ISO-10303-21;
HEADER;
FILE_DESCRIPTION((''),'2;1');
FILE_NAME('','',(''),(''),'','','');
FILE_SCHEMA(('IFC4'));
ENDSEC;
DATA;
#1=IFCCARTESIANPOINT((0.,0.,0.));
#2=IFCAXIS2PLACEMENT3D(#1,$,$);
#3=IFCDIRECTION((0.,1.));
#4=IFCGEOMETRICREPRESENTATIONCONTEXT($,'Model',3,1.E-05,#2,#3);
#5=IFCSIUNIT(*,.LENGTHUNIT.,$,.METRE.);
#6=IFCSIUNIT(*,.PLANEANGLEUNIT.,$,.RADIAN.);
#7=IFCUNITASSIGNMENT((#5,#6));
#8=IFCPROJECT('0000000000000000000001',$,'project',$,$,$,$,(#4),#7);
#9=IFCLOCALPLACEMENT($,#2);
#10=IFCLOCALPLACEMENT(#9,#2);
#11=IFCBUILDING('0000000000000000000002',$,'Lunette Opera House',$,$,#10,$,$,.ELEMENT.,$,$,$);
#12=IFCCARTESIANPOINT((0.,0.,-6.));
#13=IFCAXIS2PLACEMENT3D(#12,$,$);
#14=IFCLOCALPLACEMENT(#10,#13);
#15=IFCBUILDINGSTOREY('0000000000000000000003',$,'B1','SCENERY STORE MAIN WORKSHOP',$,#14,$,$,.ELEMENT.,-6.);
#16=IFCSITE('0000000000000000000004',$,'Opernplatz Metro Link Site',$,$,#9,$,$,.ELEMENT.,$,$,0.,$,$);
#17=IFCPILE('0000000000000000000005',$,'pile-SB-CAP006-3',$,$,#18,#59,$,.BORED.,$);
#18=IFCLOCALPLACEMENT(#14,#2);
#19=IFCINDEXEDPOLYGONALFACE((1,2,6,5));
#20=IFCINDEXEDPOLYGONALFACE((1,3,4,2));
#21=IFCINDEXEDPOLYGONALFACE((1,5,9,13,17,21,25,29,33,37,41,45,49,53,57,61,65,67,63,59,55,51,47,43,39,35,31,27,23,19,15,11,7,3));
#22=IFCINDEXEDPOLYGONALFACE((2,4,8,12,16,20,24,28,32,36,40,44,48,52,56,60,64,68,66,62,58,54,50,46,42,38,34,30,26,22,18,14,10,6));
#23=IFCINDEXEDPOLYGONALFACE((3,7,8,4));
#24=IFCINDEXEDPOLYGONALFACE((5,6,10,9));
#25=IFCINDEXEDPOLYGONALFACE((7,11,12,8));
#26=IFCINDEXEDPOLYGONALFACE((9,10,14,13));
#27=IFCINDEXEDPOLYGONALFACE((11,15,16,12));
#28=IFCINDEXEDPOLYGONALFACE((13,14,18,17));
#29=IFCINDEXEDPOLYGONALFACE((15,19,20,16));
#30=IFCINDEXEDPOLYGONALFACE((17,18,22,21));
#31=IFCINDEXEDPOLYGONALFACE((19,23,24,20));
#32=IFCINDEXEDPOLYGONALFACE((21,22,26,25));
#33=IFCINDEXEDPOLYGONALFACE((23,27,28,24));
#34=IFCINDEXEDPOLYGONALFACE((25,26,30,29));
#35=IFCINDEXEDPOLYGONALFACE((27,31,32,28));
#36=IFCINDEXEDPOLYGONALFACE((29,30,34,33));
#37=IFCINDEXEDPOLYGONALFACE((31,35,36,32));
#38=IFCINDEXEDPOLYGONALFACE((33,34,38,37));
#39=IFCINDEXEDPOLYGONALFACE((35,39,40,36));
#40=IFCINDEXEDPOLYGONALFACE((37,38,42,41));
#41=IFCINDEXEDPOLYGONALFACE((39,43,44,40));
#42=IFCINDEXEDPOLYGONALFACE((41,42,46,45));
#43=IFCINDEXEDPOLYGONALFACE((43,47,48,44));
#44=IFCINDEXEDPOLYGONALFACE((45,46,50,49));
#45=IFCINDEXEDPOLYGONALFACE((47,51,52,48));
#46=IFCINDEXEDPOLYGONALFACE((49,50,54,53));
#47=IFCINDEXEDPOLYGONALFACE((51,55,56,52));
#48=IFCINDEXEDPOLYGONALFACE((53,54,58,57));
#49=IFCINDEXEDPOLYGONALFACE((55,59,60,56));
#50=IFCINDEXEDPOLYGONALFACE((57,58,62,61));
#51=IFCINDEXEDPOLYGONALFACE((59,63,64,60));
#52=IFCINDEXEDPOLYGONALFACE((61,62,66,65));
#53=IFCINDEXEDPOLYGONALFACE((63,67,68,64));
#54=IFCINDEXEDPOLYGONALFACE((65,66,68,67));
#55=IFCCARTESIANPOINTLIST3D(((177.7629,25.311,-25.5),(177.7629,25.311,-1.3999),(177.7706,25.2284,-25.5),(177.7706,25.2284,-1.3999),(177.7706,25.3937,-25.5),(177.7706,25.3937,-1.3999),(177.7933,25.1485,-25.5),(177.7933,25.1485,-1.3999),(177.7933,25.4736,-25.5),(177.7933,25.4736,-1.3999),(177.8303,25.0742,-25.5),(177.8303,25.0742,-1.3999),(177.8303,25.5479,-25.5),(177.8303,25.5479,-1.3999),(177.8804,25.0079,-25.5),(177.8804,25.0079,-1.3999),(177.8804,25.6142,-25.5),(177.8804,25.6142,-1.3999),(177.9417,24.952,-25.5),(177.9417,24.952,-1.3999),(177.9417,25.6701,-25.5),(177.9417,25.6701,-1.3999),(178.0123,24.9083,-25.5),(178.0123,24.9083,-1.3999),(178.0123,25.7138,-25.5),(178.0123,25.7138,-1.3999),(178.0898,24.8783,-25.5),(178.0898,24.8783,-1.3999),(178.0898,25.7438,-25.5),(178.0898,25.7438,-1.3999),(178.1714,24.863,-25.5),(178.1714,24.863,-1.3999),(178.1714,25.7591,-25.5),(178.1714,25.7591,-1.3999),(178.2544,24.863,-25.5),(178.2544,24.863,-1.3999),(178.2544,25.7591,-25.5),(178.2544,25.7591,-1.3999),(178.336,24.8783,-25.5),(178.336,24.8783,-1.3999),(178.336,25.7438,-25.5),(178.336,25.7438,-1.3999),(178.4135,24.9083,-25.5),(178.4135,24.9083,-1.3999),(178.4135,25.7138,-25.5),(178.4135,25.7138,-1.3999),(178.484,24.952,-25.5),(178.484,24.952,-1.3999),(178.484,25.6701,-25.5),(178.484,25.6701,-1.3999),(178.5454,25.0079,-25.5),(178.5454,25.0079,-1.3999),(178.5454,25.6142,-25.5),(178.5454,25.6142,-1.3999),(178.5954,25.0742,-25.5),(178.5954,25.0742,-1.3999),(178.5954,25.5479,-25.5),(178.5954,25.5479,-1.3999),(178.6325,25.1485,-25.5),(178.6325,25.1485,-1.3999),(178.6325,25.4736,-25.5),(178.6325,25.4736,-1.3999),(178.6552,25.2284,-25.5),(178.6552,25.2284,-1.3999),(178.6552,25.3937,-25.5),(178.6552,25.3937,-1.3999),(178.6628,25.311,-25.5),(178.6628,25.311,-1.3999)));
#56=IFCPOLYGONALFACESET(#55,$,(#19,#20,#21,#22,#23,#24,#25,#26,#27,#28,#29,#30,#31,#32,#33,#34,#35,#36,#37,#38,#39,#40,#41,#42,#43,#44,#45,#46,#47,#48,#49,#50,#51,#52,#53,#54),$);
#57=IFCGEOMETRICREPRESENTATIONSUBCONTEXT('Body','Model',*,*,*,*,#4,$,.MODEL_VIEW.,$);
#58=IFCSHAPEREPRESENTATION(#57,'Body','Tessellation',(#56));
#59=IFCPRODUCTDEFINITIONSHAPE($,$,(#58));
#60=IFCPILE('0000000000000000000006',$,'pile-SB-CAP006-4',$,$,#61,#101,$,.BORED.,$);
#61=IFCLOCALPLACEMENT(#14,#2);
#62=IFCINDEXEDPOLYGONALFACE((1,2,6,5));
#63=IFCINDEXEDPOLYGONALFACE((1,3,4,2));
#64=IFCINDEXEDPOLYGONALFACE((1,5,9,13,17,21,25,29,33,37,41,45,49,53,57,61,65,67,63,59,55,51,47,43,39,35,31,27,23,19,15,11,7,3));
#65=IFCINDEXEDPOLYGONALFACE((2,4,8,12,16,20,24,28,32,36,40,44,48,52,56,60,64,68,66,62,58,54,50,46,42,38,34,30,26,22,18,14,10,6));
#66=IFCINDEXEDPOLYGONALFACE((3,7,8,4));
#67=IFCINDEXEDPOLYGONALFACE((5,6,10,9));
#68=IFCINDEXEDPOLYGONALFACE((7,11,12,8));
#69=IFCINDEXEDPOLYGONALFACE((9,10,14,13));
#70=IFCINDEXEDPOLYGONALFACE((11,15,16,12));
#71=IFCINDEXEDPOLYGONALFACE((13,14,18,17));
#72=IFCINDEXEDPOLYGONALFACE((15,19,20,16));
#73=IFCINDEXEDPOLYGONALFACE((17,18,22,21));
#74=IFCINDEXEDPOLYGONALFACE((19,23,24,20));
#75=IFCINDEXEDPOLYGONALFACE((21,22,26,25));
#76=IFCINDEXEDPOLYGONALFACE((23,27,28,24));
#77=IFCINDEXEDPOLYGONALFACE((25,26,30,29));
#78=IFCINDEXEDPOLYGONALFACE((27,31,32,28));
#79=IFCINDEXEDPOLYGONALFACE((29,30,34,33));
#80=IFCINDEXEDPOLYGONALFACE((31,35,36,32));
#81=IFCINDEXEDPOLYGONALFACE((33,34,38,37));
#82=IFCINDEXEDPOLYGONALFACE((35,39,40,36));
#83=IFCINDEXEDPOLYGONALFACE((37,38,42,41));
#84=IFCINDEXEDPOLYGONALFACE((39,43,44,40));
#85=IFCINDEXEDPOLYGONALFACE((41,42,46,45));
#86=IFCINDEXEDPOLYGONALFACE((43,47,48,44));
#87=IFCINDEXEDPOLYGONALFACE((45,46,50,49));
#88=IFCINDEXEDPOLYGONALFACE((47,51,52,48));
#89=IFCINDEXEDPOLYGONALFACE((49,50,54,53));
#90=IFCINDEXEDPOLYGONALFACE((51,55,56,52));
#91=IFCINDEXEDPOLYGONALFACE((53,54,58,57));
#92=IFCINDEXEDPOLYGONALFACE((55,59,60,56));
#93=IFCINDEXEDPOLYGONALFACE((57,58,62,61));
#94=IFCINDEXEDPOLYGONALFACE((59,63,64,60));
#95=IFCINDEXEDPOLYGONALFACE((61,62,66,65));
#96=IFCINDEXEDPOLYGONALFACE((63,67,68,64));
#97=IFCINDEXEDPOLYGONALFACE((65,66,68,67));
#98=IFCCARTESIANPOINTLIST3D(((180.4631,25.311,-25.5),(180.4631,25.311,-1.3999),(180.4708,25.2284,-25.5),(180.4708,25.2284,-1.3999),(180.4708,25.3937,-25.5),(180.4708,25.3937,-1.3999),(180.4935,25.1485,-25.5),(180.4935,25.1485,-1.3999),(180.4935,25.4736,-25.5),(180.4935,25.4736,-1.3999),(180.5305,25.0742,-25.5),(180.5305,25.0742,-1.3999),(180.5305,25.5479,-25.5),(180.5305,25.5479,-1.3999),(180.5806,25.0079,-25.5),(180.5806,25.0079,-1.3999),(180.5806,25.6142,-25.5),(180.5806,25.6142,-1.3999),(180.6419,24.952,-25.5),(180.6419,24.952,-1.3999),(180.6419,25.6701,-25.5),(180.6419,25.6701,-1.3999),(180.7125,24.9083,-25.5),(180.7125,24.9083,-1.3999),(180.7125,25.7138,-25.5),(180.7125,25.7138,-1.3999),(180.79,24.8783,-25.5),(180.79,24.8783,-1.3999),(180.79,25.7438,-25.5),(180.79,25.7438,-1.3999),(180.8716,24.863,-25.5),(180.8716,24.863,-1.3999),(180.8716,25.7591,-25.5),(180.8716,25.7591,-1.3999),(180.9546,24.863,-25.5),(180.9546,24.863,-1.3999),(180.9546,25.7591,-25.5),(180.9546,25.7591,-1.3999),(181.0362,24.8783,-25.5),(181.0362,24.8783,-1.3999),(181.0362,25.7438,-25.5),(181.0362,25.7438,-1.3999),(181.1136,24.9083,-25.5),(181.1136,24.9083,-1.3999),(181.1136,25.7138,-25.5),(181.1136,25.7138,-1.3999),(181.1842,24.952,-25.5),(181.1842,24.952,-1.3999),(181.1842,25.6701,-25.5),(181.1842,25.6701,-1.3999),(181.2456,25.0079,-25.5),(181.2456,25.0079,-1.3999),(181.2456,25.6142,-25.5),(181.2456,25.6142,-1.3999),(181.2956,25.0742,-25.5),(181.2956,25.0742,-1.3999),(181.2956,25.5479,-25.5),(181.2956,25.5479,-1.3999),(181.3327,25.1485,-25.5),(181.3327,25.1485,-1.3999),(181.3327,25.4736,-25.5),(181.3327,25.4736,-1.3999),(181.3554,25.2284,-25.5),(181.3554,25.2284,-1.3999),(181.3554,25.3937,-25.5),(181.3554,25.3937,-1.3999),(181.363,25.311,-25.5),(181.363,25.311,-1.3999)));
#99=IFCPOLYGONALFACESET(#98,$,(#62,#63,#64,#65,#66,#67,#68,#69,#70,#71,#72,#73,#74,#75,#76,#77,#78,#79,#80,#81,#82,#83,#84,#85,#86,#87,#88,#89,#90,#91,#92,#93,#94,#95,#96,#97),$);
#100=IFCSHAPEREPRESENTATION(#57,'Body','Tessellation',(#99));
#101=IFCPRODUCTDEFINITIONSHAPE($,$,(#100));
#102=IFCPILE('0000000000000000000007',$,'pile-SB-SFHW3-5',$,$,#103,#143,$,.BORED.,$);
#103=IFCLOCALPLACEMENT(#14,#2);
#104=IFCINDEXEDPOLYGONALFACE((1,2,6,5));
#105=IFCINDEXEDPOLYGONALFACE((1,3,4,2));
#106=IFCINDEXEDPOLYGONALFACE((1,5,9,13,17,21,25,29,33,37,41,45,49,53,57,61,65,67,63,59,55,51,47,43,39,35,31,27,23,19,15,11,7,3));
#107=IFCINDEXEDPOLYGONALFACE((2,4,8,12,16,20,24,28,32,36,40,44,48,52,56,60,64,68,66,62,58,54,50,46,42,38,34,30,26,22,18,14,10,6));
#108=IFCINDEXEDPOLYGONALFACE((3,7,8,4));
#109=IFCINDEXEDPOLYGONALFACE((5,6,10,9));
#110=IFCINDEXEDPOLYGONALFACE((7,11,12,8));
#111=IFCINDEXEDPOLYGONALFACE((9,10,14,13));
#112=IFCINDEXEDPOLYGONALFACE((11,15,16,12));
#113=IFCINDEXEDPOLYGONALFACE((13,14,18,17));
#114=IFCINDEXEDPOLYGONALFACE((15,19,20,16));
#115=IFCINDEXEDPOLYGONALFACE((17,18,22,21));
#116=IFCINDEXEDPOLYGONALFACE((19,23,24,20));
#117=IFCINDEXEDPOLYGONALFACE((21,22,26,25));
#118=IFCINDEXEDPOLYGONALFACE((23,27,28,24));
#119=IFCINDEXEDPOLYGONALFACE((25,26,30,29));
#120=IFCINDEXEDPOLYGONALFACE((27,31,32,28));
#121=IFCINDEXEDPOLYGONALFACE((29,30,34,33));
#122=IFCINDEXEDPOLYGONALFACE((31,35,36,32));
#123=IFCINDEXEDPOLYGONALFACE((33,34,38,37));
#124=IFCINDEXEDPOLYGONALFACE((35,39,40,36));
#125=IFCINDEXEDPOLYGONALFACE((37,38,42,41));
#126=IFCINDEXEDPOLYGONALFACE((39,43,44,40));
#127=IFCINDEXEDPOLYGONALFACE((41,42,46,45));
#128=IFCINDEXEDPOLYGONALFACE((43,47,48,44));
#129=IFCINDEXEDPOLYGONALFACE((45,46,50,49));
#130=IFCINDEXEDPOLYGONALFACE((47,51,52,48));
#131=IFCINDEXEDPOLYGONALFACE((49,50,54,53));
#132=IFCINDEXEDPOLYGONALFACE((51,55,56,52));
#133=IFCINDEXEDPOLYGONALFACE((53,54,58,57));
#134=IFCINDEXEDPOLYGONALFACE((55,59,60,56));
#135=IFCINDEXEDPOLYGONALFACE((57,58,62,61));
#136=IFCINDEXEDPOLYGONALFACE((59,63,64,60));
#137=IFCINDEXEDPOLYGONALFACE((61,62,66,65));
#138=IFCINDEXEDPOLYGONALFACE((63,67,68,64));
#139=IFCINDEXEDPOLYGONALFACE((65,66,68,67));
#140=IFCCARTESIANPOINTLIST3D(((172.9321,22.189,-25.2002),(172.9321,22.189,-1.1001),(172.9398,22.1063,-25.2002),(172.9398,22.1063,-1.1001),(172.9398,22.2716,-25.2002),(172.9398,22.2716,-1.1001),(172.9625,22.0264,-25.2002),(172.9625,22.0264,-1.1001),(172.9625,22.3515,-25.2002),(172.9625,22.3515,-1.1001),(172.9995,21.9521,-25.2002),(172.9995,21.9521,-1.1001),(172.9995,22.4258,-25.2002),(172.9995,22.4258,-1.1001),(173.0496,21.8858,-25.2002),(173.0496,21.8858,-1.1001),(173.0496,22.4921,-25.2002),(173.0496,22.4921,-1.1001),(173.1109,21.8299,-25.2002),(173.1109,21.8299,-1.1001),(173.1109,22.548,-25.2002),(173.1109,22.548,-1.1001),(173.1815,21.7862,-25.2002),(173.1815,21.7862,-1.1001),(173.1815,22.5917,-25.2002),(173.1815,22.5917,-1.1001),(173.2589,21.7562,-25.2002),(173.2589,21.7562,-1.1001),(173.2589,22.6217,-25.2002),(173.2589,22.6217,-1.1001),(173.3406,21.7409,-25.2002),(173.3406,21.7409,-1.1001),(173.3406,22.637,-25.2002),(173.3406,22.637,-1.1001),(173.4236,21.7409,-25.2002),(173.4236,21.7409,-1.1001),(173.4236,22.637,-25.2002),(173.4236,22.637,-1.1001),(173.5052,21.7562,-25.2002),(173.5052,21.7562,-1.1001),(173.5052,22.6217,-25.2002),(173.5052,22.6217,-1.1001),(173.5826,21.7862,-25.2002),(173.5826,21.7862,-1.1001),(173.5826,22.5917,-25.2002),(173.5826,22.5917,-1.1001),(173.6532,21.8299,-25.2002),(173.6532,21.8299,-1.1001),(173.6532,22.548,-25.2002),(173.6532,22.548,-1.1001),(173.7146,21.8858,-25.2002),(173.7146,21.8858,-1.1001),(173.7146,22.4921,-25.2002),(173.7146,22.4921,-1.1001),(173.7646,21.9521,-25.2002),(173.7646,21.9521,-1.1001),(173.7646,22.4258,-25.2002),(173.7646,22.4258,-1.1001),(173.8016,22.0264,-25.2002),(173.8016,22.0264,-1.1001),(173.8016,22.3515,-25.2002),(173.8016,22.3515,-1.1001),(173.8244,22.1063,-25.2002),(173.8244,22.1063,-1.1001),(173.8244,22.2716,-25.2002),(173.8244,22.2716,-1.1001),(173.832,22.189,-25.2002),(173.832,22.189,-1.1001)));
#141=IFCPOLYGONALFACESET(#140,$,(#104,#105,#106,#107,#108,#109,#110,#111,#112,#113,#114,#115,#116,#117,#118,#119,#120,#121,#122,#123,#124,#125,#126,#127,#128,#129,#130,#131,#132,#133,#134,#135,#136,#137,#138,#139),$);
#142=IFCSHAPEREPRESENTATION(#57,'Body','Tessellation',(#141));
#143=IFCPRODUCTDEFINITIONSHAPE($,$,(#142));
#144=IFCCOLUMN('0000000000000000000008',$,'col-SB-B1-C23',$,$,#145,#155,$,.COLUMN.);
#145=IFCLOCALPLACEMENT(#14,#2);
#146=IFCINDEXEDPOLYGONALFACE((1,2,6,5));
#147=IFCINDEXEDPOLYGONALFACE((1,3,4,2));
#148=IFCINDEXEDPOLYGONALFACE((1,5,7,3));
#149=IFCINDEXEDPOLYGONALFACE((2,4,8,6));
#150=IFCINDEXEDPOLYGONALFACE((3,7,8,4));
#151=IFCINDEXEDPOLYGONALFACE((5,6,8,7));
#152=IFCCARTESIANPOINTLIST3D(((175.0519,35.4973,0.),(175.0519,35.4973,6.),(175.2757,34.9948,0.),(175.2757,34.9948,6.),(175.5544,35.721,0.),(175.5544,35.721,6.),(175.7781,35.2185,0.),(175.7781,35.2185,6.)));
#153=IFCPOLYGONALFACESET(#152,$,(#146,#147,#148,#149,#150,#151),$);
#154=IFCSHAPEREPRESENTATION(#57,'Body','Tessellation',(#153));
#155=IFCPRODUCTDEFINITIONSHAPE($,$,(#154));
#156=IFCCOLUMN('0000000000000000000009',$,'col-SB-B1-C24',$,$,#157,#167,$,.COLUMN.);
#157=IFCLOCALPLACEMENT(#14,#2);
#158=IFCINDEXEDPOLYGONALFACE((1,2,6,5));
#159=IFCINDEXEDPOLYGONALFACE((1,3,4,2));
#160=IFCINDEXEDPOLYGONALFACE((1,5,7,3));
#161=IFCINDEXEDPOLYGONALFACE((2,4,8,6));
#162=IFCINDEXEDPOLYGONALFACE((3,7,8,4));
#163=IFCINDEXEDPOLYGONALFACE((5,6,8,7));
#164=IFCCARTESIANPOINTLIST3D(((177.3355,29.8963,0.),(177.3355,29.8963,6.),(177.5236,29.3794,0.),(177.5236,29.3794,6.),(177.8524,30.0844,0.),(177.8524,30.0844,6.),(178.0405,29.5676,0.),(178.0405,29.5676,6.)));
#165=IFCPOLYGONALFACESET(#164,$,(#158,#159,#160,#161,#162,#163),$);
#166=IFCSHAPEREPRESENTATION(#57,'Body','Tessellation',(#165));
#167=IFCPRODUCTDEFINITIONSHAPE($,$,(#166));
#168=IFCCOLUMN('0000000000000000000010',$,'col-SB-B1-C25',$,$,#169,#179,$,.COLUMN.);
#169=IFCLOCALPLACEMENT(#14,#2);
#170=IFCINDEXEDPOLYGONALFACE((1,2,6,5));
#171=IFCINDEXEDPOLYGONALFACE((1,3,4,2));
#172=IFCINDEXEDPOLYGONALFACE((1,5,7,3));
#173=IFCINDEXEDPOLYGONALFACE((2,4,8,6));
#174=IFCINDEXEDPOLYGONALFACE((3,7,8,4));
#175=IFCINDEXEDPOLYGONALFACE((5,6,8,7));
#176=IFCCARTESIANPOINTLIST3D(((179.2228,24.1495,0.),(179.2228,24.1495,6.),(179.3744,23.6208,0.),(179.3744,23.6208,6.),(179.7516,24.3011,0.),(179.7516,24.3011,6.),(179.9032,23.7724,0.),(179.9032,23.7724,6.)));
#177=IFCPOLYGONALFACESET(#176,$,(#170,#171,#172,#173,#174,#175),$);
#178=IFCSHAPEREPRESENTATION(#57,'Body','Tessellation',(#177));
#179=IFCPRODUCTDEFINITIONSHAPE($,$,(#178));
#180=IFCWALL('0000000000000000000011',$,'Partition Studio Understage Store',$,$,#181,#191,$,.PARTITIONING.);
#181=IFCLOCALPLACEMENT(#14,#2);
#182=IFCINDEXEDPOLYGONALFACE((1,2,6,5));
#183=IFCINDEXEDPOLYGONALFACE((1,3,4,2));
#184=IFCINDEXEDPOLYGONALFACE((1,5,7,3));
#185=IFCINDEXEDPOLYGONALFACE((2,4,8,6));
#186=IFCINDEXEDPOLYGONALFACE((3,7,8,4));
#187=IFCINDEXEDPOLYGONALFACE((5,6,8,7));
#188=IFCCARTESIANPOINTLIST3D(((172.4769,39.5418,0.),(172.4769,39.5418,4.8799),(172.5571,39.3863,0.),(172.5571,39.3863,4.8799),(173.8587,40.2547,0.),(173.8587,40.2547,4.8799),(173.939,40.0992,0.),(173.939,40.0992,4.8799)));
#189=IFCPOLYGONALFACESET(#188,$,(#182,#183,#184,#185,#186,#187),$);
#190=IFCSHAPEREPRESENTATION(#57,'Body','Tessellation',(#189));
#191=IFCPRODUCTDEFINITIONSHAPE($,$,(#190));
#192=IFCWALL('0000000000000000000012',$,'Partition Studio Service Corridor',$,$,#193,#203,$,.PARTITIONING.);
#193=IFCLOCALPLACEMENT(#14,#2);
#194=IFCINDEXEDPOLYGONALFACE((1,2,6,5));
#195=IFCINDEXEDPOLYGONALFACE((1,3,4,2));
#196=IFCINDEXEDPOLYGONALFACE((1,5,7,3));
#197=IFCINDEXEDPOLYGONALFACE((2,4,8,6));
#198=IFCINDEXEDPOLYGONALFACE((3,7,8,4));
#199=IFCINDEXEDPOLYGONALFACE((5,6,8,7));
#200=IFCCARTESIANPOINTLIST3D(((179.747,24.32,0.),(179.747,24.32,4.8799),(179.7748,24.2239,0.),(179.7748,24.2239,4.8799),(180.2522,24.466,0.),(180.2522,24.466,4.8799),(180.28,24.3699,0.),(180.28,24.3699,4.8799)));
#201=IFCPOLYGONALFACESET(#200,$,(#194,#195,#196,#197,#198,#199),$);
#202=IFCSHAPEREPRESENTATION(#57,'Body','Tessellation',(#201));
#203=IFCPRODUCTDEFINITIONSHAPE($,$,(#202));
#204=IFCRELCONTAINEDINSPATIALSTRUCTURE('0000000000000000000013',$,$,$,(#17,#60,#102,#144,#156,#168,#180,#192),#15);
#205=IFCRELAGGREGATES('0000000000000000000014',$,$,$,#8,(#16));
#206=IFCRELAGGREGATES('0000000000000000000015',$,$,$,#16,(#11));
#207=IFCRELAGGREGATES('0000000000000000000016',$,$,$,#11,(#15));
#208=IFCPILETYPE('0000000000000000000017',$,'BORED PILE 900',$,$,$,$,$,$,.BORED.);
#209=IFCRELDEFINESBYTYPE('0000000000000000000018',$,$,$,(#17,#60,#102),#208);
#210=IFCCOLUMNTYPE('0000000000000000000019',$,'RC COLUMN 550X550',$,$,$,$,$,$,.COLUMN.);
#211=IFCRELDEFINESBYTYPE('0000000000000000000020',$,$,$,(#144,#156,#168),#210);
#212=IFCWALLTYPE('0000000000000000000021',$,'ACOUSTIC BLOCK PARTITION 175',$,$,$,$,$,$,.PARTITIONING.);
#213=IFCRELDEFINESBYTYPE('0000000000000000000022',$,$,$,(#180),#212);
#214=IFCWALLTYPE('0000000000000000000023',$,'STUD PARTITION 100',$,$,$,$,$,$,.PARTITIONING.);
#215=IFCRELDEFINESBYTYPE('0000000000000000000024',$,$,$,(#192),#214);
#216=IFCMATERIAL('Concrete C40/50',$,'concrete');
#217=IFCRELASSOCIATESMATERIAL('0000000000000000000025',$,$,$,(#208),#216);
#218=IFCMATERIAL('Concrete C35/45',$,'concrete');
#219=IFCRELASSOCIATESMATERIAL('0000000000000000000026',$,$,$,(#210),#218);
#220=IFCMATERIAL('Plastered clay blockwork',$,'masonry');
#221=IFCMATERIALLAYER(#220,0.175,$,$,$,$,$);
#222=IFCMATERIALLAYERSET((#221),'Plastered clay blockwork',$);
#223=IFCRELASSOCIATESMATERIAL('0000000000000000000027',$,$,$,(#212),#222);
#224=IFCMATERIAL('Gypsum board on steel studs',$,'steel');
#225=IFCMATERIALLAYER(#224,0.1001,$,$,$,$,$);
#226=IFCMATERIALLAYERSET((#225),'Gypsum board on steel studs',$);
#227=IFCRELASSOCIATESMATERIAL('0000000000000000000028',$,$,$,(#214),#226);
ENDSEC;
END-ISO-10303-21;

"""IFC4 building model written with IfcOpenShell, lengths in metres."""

from ifc_helpers import new_model, si_unit, direction, frame, frame_2d, origin, origin_2d, place, context, subcontext, project, spatial, rectangle, circle, extrude, material, layer, layer_set, material_profile, profile_set, type_object, element, save


model = new_model("IFC4")

# Units and contexts
model_context = context("Model", 3, precision=1e-05, world=origin(), true_north=direction((0.0, 1.0)))
body_context = subcontext(model_context, "Body", "Model", "MODEL_VIEW")
ifc_project = project(units=[si_unit("LENGTHUNIT", "METRE"), si_unit("PLANEANGLEUNIT", "RADIAN")], contexts=[model_context])

# Site, building, storey
site_placement = place(None, origin())
site = spatial("IfcSite", under=ifc_project, at=site_placement, Name="Opernplatz Metro Link Site", CompositionType="ELEMENT", RefElevation=0.0)
building_placement = place(site_placement, origin())
building = spatial("IfcBuilding", under=site, at=building_placement, Name="Lunette Opera House", CompositionType="ELEMENT")
storey_placement = place(building_placement, frame((0.0, 0.0, -6.0)))
storey = spatial("IfcBuildingStorey", under=building, at=storey_placement, Name="B1", Description="SCENERY STORE MAIN WORKSHOP", CompositionType="ELEMENT", Elevation=-6.0)

# Piles
ifc_material_1 = material(Name="Concrete C40/50", Category="concrete")
ifc_material_profile_1 = material_profile(ifc_material_1, circle(Radius=0.45, at=origin_2d()), Name="BORED PILE 900")
ifc_profile_set_1 = profile_set([ifc_material_profile_1], Name="Concrete C40/50")
pile_type = type_object("IfcPileType", Name="BORED PILE 900", PredefinedType="BORED", material=ifc_profile_set_1)
for number, where, z_axis, x_axis, name in (
    (1, (178.2129, 25.311, -1.3999), (0.0, 0.0, -1.0), (1.0, 0.0, 0.0), "pile-SB-CAP006-3"),
    (2, (180.9131, 25.311, -1.3999), (0.0, 0.0, -1.0), (1.0, 0.0, 0.0), "pile-SB-CAP006-4"),
    (3, (173.3821, 22.189, -1.1001), (0.0, 0.0, -1.0), (1.0, 0.0, 0.0), "pile-SB-SFHW3-5"),
):
    element("IfcPile", number, at=place(storey_placement, frame(where, z_axis=z_axis, x_axis=x_axis)), inside=storey, type_object=pile_type, Name=name, PredefinedType="BORED", context=body_context, shape_type="SweptSolid", body=[
        extrude(circle(Radius=0.45, at=origin_2d()), origin(), (0.0, 0.0, 1.0), 24.1001),
    ])

# Columns
ifc_material_2 = material(Name="Concrete C35/45", Category="concrete")
ifc_material_profile_2 = material_profile(ifc_material_2, rectangle(XDim=0.55, YDim=0.55, at=origin_2d()), Name="RC COLUMN 550X550")
ifc_profile_set_2 = profile_set([ifc_material_profile_2], Name="Concrete C35/45")
column_type = type_object("IfcColumnType", Name="RC COLUMN 550X550", PredefinedType="COLUMN", material=ifc_profile_set_2)
for number, where, z_axis, x_axis, name in (
    (4, (175.415, 35.3579, 0.0), (0.0, 0.0, 1.0), (0.406737, -0.913545, 0.0), "col-SB-B1-C23"),
    (5, (177.688, 29.7319, 0.0), (0.0, 0.0, 1.0), (0.34202, -0.939693, 0.0), "col-SB-B1-C24"),
    (6, (179.563, 23.9609, 0.0), (0.0, 0.0, 1.0), (0.275637, -0.961262, 0.0), "col-SB-B1-C25"),
):
    element("IfcColumn", number, at=place(storey_placement, frame(where, z_axis=z_axis, x_axis=x_axis)), inside=storey, type_object=column_type, Name=name, PredefinedType="COLUMN", context=body_context, shape_type="SweptSolid", body=[
        extrude(rectangle(XDim=0.55, YDim=0.55, at=origin_2d()), origin(), (0.0, 0.0, 1.0), 6.0),
    ])

# Walls
ifc_material_3 = material(Name="Plastered clay blockwork", Category="masonry")
ifc_layer_1 = layer(ifc_material_3, 0.175)
ifc_layer_set_1 = layer_set([ifc_layer_1], Name="Plastered clay blockwork")
wall_type_1 = type_object("IfcWallType", Name="ACOUSTIC BLOCK PARTITION 175", PredefinedType="PARTITIONING", material=ifc_layer_set_1)
wall_1_placement = place(storey_placement, frame((172.5171, 39.4641, 0.0), z_axis=(0.0, 0.0, 1.0), x_axis=(0.888703, 0.458483, 0.0)))
element("IfcWall", 7, at=wall_1_placement, inside=storey, type_object=wall_type_1, Name="Partition Studio Understage Store", PredefinedType="PARTITIONING", context=body_context, shape_type="SweptSolid", body=[
    extrude(rectangle(XDim=1.5549, YDim=0.175, at=frame_2d((0.7773, 0.0))), origin(), (0.0, 0.0, 1.0), 4.8799),
])
ifc_material_4 = material(Name="Gypsum board on steel studs", Category="steel")
ifc_layer_2 = layer(ifc_material_4, 0.1001)
ifc_layer_set_2 = layer_set([ifc_layer_2], Name="Gypsum board on steel studs")
wall_type_2 = type_object("IfcWallType", Name="STUD PARTITION 100", PredefinedType="PARTITIONING", material=ifc_layer_set_2)
wall_2_placement = place(storey_placement, frame((180.2661, 24.418, 0.0), z_axis=(0.0, 0.0, 1.0), x_axis=(-0.960678, -0.277663, 0.0)))
element("IfcWall", 8, at=wall_2_placement, inside=storey, type_object=wall_type_2, Name="Partition Studio Service Corridor", PredefinedType="PARTITIONING", context=body_context, shape_type="SweptSolid", body=[
    extrude(rectangle(XDim=0.5259, YDim=0.1001, at=frame_2d((0.2629, 0.0))), origin(), (0.0, 0.0, 1.0), 4.8799),
])

save(model, "model.ifc")
